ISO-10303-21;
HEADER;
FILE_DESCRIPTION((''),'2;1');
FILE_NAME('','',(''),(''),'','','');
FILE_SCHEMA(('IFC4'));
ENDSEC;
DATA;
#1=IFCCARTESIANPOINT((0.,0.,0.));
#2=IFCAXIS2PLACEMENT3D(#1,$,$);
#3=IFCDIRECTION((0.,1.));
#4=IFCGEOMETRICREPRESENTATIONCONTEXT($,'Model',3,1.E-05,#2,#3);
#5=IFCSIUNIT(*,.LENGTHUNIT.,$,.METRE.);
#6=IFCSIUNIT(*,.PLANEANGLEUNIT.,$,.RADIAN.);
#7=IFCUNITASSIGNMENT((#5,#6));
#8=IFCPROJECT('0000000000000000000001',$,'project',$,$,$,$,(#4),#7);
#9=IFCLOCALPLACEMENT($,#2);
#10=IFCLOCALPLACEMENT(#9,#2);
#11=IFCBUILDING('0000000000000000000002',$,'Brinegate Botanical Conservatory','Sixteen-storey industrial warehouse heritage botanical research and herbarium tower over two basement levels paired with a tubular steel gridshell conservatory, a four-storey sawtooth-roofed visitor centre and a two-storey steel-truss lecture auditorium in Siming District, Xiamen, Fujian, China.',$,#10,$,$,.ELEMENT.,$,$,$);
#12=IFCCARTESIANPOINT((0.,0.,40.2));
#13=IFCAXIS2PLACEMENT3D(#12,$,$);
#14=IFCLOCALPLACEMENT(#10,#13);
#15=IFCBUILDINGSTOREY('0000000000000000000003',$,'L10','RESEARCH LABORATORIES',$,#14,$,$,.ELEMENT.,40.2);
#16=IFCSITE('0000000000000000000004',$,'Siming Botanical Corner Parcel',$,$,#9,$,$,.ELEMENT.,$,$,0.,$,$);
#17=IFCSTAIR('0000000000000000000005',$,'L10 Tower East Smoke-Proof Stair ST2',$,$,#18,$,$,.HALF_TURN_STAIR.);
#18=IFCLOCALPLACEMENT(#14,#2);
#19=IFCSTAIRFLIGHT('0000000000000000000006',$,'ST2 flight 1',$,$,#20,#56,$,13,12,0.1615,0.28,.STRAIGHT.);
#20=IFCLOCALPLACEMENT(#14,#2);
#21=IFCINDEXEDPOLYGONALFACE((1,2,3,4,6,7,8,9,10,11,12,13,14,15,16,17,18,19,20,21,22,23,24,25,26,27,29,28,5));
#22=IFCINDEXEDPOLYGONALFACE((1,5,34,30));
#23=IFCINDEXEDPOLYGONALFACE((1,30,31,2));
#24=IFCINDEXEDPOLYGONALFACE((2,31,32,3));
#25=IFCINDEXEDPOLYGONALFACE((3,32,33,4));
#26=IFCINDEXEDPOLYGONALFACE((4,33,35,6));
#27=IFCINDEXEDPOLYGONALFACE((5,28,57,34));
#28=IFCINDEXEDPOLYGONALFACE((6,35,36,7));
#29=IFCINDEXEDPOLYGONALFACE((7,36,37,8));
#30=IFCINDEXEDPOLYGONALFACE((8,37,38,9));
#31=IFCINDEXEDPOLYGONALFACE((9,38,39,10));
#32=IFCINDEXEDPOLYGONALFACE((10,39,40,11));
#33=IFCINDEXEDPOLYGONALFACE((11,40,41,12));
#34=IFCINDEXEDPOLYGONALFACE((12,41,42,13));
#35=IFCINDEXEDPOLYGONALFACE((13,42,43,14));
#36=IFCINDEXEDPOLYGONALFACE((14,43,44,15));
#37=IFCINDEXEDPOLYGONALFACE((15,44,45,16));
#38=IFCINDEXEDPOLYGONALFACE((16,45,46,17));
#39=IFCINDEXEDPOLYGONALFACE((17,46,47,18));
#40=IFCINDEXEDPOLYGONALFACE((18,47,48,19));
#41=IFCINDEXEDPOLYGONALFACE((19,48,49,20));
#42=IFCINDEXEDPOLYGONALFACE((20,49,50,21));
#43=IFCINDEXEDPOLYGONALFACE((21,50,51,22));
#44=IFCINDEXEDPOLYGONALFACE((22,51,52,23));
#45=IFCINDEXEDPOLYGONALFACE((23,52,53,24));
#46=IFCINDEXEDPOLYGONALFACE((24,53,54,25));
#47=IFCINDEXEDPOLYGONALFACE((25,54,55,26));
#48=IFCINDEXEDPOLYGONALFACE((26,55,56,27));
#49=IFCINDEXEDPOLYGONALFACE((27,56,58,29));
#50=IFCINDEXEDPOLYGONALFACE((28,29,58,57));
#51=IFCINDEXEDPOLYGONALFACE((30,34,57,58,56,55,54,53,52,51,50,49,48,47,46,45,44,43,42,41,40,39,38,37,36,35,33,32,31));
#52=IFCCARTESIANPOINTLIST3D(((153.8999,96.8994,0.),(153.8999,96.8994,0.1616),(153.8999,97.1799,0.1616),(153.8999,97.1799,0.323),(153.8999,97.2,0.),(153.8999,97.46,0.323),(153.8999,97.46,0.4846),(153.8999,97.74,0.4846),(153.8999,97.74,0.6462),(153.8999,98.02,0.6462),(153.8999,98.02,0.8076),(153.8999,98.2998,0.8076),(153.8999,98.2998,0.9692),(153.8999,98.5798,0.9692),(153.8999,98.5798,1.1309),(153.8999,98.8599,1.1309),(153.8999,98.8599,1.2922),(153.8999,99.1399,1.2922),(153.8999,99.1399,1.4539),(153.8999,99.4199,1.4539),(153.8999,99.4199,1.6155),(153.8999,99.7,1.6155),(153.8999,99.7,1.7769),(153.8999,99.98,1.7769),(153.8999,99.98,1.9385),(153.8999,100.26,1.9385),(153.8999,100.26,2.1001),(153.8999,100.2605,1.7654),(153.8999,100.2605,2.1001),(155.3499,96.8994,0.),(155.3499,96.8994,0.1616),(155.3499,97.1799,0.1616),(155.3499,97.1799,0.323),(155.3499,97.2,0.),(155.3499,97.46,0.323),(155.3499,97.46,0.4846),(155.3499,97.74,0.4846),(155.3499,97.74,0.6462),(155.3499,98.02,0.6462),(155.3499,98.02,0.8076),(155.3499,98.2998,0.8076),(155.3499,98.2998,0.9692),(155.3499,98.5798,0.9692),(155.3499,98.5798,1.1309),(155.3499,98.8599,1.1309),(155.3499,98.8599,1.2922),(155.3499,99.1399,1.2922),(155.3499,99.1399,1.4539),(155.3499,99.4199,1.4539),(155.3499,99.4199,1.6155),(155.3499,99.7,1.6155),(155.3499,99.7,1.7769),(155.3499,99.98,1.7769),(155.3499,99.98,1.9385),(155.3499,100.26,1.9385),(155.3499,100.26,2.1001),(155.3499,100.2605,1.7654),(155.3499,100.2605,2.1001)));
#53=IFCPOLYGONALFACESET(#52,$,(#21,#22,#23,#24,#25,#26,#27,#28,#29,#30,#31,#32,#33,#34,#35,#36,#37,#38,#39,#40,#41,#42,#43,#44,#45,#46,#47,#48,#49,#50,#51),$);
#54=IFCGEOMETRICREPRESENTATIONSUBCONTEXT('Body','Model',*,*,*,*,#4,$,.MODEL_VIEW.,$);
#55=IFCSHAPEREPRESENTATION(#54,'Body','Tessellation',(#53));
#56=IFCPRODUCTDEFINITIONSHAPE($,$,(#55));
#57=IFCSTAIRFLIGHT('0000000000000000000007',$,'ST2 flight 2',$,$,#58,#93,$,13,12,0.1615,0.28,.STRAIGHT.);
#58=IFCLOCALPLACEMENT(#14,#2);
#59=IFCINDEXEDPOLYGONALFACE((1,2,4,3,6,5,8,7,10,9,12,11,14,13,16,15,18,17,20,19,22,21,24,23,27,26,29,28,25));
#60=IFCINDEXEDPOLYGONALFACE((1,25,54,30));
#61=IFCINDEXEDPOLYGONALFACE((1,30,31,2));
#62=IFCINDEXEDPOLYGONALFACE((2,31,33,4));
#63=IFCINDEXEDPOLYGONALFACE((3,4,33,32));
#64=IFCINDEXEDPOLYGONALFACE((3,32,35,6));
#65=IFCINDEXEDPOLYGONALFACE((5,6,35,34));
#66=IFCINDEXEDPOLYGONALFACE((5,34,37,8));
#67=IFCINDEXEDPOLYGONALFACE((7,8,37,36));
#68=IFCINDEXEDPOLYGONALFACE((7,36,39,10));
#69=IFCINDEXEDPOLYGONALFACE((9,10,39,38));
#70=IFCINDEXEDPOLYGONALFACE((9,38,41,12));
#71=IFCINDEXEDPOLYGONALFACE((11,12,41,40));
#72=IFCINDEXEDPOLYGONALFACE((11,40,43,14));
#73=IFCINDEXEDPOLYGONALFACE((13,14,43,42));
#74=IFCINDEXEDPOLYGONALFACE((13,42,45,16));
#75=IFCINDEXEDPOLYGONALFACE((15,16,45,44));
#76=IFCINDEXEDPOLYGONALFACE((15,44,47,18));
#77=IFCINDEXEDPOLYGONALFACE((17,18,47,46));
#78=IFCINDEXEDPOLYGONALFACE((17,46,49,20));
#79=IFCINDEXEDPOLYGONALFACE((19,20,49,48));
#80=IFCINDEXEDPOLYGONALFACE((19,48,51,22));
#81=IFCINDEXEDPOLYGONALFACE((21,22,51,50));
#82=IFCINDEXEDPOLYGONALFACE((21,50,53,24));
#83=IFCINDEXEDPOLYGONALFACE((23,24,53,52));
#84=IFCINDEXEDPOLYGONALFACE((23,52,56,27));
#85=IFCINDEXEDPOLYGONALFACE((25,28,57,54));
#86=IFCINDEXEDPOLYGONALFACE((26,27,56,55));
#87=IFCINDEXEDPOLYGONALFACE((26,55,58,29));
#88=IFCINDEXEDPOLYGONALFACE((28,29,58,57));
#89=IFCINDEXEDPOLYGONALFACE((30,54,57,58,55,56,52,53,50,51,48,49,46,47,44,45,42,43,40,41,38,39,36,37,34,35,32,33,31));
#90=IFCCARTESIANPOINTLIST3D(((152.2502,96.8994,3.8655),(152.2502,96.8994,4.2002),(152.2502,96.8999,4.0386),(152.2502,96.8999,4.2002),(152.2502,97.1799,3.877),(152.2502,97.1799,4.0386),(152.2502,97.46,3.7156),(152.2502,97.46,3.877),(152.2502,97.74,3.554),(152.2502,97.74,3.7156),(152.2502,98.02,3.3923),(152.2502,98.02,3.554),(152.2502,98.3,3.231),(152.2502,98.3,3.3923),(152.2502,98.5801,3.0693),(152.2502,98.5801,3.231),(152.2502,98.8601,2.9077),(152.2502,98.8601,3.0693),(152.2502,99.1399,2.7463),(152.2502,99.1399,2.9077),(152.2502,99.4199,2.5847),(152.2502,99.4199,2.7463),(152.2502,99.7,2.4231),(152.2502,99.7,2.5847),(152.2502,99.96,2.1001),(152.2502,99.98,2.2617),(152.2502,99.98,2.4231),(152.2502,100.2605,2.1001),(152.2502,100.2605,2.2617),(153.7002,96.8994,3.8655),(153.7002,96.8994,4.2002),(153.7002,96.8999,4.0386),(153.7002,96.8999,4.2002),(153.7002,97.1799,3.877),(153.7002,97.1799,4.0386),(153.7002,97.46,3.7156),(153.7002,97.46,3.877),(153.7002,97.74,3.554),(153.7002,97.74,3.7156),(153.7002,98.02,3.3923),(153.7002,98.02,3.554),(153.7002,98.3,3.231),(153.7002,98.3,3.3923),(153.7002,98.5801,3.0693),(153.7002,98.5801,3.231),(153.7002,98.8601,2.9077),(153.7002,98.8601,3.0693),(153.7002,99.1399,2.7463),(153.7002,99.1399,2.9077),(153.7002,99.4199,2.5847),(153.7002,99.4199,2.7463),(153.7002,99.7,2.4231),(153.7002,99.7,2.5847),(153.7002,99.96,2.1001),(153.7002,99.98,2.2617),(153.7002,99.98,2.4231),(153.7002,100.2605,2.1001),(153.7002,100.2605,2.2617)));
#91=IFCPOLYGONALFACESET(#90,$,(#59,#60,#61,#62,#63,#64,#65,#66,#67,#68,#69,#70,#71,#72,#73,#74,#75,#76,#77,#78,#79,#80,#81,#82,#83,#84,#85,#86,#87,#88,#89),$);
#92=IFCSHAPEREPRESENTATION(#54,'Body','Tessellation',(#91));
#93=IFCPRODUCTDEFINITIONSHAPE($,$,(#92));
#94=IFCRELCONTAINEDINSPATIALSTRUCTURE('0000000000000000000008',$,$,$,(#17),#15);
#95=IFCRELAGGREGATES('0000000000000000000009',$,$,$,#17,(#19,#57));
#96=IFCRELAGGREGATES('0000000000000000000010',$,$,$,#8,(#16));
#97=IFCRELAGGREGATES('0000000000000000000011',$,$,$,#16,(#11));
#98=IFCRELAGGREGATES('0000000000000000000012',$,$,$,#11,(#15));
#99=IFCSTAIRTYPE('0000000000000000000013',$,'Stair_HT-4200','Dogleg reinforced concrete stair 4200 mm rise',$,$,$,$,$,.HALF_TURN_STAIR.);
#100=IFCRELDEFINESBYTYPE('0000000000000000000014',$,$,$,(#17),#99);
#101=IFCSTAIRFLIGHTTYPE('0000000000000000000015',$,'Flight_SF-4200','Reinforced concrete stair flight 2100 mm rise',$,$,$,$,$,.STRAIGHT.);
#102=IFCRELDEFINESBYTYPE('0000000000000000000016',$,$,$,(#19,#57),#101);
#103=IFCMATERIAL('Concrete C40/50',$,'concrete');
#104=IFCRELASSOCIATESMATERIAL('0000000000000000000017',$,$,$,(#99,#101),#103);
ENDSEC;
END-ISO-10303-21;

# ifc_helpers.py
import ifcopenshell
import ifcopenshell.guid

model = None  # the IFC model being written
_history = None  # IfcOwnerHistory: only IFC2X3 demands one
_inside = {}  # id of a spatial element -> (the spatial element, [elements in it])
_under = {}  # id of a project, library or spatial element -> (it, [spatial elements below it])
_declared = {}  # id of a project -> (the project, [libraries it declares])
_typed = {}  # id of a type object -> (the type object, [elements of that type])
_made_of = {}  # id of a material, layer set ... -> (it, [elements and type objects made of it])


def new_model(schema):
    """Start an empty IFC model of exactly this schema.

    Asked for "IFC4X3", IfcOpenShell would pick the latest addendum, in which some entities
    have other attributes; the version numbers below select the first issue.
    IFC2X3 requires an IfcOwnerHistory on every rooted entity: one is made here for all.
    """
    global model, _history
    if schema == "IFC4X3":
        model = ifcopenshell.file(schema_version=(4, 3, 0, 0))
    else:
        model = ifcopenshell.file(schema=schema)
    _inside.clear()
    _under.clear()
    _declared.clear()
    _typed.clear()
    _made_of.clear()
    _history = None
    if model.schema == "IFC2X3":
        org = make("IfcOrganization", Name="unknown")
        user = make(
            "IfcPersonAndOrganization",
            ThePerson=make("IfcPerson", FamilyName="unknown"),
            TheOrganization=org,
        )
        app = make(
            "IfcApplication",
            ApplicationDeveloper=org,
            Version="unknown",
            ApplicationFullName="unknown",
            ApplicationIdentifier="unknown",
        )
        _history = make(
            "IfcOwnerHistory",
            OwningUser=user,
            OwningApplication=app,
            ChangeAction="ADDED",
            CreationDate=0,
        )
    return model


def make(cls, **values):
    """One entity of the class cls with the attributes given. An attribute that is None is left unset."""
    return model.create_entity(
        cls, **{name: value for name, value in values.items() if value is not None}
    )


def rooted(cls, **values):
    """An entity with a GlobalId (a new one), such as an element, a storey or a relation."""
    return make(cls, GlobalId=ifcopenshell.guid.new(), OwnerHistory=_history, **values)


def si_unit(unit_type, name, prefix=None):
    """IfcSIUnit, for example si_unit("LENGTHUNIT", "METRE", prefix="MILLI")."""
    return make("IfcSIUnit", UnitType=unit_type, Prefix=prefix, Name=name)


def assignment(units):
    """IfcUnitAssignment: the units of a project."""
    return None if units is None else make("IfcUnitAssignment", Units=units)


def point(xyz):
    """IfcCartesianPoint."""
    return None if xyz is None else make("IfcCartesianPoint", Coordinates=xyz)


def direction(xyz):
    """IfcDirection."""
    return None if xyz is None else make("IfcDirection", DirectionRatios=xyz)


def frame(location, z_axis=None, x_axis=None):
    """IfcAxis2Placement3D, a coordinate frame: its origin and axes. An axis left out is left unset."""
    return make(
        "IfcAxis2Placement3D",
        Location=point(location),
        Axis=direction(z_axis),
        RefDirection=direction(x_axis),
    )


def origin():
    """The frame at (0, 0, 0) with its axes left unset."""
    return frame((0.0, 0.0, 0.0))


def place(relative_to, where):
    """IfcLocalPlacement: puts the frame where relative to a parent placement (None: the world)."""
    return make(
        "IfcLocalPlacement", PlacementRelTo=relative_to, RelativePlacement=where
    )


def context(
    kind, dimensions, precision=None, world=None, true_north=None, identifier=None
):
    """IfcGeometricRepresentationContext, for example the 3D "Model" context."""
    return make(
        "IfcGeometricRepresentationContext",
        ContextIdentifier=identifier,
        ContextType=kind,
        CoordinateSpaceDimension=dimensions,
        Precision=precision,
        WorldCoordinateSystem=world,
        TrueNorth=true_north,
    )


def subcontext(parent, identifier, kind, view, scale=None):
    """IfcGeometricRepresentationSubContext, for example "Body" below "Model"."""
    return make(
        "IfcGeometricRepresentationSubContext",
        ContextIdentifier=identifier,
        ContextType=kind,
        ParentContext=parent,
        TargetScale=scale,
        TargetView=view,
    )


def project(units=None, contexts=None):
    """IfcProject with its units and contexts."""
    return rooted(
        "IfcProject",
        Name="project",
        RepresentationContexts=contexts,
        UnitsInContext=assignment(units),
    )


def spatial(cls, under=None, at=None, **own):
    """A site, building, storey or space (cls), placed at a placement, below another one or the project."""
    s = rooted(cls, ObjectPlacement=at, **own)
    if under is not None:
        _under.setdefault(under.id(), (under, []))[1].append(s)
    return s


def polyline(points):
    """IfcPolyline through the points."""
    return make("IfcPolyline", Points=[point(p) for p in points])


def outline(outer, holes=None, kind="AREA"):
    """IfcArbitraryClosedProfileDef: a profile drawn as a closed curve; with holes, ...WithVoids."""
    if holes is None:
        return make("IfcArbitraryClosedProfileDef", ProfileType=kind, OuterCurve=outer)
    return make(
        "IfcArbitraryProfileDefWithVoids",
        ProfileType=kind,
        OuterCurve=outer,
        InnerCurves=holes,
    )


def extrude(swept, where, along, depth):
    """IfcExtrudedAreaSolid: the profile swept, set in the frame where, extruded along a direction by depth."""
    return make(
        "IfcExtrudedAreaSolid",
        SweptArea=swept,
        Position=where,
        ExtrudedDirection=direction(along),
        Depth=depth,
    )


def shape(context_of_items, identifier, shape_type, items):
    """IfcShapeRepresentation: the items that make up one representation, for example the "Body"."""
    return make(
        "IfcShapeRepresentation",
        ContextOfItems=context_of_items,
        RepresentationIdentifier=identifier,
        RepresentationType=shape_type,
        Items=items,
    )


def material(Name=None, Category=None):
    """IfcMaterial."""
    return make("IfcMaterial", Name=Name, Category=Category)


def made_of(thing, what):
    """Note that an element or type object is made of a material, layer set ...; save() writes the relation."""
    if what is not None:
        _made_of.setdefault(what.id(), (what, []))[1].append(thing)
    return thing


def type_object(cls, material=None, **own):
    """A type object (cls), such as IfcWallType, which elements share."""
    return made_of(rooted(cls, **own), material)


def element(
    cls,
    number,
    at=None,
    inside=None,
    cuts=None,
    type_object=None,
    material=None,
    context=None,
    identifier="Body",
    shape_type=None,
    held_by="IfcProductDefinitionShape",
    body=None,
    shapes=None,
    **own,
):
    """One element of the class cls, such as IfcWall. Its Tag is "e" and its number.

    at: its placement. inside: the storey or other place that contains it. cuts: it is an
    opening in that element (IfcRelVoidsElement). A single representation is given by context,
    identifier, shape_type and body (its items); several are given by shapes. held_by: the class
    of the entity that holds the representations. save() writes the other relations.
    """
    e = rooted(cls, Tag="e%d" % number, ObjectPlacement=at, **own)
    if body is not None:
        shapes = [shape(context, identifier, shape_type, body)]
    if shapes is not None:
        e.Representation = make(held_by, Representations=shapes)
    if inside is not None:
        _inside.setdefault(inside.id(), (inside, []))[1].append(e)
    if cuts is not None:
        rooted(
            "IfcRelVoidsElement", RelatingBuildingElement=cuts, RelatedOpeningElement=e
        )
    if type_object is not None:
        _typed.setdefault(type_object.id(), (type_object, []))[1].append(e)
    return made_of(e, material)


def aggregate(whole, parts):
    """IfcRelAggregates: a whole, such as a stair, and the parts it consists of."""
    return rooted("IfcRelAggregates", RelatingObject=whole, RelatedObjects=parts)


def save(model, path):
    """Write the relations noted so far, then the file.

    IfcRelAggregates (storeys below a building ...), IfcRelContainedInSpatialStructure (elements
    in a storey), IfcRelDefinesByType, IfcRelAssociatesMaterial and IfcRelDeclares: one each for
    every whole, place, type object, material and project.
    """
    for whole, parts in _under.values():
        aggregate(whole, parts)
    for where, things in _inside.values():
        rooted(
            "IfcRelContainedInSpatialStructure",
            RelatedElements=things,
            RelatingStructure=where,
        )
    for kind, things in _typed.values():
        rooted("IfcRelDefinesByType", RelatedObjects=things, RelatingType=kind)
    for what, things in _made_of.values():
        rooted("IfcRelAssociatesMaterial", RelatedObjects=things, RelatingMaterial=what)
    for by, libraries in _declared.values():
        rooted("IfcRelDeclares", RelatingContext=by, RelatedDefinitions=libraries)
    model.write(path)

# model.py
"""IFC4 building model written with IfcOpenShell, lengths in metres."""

from ifc_helpers import new_model, si_unit, direction, frame, origin, place, context, subcontext, project, spatial, polyline, outline, extrude, material, type_object, element, aggregate, save


model = new_model("IFC4")

# Units and contexts
model_context = context("Model", 3, precision=1e-05, world=origin(), true_north=direction((0.0, 1.0)))
body_context = subcontext(model_context, "Body", "Model", "MODEL_VIEW")
ifc_project = project(units=[si_unit("LENGTHUNIT", "METRE"), si_unit("PLANEANGLEUNIT", "RADIAN")], contexts=[model_context])

# Site, building, storey
site_placement = place(None, origin())
site = spatial("IfcSite", under=ifc_project, at=site_placement, Name="Siming Botanical Corner Parcel", CompositionType="ELEMENT", RefElevation=0.0)
building_placement = place(site_placement, origin())
building = spatial("IfcBuilding", under=site, at=building_placement, Name="Brinegate Botanical Conservatory", Description="Sixteen-storey industrial warehouse heritage botanical research and herbarium tower over two basement levels paired with a tubular steel gridshell conservatory, a four-storey sawtooth-roofed visitor centre and a two-storey steel-truss lecture auditorium in Siming District, Xiamen, Fujian, China.", CompositionType="ELEMENT")
storey_placement = place(building_placement, frame((0.0, 0.0, 40.2)))
storey = spatial("IfcBuildingStorey", under=building, at=storey_placement, Name="L10", Description="RESEARCH LABORATORIES", CompositionType="ELEMENT", Elevation=40.2)

# Shared definitions
ifc_material_1 = material(Name="Concrete C40/50", Category="concrete")

# Stair, stair flights
stair_type = type_object("IfcStairType", Name="Stair_HT-4200", Description="Dogleg reinforced concrete stair 4200 mm rise", PredefinedType="HALF_TURN_STAIR", material=ifc_material_1)
stair_placement = place(storey_placement, origin())
stair = element("IfcStair", 1, at=stair_placement, inside=storey, type_object=stair_type, Name="L10 Tower East Smoke-Proof Stair ST2", PredefinedType="HALF_TURN_STAIR")
stair_flight_type = type_object("IfcStairFlightType", Name="Flight_SF-4200", Description="Reinforced concrete stair flight 2100 mm rise", PredefinedType="STRAIGHT", material=ifc_material_1)
stair_flight_1_placement = place(storey_placement, frame((154.625, 96.8999, 0.0), z_axis=(0.0, 0.0, 1.0), x_axis=(0.0, 1.0, 0.0)))
stair_flight_1 = element("IfcStairFlight", 2, at=stair_flight_1_placement, type_object=stair_flight_type, Name="ST2 flight 1", NumberOfRisers=13, NumberOfTreads=12, PredefinedType="STRAIGHT", RiserHeight=0.1615, TreadLength=0.28, context=body_context, shape_type="SweptSolid", body=[
    extrude(outline(polyline([(-0.0005, 0.0), (-0.0005, 0.1616), (0.28, 0.1616), (0.28, 0.323), (0.5601, 0.323), (0.5601, 0.4846), (0.8401, 0.4846), (0.8401, 0.6462), (1.1201, 0.6462), (1.1201, 0.8076), (1.3999, 0.8076), (1.3999, 0.9692), (1.6799, 0.9692), (1.6799, 1.1309), (1.96, 1.1309), (1.96, 1.2922), (2.24, 1.2922), (2.24, 1.4539), (2.52, 1.4539), (2.52, 1.6155), (2.8, 1.6155), (2.8, 1.7769), (3.0801, 1.7769), (3.0801, 1.9385), (3.3601, 1.9385), (3.3601, 2.1001), (3.3606, 2.1001), (3.3606, 1.7654), (0.3, 0.0), (-0.0005, 0.0)])), frame((0.0, 0.7251, 0.0), z_axis=(0.0, -1.0, 0.0), x_axis=(1.0, 0.0, 0.0)), (0.0, 0.0, 1.0), 1.45),
])
stair_flight_2_placement = place(storey_placement, frame((152.9751, 100.26, 2.1001), z_axis=(0.0, 0.0, 1.0), x_axis=(0.0, -1.0, 0.0)))
stair_flight_2 = element("IfcStairFlight", 3, at=stair_flight_2_placement, type_object=stair_flight_type, Name="ST2 flight 2", NumberOfRisers=13, NumberOfTreads=12, PredefinedType="STRAIGHT", RiserHeight=0.1615, TreadLength=0.28, context=body_context, shape_type="SweptSolid", body=[
    extrude(outline(polyline([(-0.0005, 0.0), (-0.0005, 0.1616), (0.28, 0.1616), (0.28, 0.323), (0.5601, 0.323), (0.5601, 0.4846), (0.8401, 0.4846), (0.8401, 0.6462), (1.1201, 0.6462), (1.1201, 0.8076), (1.3999, 0.8076), (1.3999, 0.9692), (1.6799, 0.9692), (1.6799, 1.1309), (1.96, 1.1309), (1.96, 1.2922), (2.24, 1.2922), (2.24, 1.4539), (2.52, 1.4539), (2.52, 1.6155), (2.8, 1.6155), (2.8, 1.7769), (3.0801, 1.7769), (3.0801, 1.9385), (3.3601, 1.9385), (3.3601, 2.1001), (3.3606, 2.1001), (3.3606, 1.7654), (0.3, 0.0), (-0.0005, 0.0)])), frame((0.0, 0.7251, 0.0), z_axis=(0.0, -1.0, 0.0), x_axis=(1.0, 0.0, 0.0)), (0.0, 0.0, 1.0), 1.45),
])
aggregate(stair, [stair_flight_1, stair_flight_2])

save(model, "model.ifc")
